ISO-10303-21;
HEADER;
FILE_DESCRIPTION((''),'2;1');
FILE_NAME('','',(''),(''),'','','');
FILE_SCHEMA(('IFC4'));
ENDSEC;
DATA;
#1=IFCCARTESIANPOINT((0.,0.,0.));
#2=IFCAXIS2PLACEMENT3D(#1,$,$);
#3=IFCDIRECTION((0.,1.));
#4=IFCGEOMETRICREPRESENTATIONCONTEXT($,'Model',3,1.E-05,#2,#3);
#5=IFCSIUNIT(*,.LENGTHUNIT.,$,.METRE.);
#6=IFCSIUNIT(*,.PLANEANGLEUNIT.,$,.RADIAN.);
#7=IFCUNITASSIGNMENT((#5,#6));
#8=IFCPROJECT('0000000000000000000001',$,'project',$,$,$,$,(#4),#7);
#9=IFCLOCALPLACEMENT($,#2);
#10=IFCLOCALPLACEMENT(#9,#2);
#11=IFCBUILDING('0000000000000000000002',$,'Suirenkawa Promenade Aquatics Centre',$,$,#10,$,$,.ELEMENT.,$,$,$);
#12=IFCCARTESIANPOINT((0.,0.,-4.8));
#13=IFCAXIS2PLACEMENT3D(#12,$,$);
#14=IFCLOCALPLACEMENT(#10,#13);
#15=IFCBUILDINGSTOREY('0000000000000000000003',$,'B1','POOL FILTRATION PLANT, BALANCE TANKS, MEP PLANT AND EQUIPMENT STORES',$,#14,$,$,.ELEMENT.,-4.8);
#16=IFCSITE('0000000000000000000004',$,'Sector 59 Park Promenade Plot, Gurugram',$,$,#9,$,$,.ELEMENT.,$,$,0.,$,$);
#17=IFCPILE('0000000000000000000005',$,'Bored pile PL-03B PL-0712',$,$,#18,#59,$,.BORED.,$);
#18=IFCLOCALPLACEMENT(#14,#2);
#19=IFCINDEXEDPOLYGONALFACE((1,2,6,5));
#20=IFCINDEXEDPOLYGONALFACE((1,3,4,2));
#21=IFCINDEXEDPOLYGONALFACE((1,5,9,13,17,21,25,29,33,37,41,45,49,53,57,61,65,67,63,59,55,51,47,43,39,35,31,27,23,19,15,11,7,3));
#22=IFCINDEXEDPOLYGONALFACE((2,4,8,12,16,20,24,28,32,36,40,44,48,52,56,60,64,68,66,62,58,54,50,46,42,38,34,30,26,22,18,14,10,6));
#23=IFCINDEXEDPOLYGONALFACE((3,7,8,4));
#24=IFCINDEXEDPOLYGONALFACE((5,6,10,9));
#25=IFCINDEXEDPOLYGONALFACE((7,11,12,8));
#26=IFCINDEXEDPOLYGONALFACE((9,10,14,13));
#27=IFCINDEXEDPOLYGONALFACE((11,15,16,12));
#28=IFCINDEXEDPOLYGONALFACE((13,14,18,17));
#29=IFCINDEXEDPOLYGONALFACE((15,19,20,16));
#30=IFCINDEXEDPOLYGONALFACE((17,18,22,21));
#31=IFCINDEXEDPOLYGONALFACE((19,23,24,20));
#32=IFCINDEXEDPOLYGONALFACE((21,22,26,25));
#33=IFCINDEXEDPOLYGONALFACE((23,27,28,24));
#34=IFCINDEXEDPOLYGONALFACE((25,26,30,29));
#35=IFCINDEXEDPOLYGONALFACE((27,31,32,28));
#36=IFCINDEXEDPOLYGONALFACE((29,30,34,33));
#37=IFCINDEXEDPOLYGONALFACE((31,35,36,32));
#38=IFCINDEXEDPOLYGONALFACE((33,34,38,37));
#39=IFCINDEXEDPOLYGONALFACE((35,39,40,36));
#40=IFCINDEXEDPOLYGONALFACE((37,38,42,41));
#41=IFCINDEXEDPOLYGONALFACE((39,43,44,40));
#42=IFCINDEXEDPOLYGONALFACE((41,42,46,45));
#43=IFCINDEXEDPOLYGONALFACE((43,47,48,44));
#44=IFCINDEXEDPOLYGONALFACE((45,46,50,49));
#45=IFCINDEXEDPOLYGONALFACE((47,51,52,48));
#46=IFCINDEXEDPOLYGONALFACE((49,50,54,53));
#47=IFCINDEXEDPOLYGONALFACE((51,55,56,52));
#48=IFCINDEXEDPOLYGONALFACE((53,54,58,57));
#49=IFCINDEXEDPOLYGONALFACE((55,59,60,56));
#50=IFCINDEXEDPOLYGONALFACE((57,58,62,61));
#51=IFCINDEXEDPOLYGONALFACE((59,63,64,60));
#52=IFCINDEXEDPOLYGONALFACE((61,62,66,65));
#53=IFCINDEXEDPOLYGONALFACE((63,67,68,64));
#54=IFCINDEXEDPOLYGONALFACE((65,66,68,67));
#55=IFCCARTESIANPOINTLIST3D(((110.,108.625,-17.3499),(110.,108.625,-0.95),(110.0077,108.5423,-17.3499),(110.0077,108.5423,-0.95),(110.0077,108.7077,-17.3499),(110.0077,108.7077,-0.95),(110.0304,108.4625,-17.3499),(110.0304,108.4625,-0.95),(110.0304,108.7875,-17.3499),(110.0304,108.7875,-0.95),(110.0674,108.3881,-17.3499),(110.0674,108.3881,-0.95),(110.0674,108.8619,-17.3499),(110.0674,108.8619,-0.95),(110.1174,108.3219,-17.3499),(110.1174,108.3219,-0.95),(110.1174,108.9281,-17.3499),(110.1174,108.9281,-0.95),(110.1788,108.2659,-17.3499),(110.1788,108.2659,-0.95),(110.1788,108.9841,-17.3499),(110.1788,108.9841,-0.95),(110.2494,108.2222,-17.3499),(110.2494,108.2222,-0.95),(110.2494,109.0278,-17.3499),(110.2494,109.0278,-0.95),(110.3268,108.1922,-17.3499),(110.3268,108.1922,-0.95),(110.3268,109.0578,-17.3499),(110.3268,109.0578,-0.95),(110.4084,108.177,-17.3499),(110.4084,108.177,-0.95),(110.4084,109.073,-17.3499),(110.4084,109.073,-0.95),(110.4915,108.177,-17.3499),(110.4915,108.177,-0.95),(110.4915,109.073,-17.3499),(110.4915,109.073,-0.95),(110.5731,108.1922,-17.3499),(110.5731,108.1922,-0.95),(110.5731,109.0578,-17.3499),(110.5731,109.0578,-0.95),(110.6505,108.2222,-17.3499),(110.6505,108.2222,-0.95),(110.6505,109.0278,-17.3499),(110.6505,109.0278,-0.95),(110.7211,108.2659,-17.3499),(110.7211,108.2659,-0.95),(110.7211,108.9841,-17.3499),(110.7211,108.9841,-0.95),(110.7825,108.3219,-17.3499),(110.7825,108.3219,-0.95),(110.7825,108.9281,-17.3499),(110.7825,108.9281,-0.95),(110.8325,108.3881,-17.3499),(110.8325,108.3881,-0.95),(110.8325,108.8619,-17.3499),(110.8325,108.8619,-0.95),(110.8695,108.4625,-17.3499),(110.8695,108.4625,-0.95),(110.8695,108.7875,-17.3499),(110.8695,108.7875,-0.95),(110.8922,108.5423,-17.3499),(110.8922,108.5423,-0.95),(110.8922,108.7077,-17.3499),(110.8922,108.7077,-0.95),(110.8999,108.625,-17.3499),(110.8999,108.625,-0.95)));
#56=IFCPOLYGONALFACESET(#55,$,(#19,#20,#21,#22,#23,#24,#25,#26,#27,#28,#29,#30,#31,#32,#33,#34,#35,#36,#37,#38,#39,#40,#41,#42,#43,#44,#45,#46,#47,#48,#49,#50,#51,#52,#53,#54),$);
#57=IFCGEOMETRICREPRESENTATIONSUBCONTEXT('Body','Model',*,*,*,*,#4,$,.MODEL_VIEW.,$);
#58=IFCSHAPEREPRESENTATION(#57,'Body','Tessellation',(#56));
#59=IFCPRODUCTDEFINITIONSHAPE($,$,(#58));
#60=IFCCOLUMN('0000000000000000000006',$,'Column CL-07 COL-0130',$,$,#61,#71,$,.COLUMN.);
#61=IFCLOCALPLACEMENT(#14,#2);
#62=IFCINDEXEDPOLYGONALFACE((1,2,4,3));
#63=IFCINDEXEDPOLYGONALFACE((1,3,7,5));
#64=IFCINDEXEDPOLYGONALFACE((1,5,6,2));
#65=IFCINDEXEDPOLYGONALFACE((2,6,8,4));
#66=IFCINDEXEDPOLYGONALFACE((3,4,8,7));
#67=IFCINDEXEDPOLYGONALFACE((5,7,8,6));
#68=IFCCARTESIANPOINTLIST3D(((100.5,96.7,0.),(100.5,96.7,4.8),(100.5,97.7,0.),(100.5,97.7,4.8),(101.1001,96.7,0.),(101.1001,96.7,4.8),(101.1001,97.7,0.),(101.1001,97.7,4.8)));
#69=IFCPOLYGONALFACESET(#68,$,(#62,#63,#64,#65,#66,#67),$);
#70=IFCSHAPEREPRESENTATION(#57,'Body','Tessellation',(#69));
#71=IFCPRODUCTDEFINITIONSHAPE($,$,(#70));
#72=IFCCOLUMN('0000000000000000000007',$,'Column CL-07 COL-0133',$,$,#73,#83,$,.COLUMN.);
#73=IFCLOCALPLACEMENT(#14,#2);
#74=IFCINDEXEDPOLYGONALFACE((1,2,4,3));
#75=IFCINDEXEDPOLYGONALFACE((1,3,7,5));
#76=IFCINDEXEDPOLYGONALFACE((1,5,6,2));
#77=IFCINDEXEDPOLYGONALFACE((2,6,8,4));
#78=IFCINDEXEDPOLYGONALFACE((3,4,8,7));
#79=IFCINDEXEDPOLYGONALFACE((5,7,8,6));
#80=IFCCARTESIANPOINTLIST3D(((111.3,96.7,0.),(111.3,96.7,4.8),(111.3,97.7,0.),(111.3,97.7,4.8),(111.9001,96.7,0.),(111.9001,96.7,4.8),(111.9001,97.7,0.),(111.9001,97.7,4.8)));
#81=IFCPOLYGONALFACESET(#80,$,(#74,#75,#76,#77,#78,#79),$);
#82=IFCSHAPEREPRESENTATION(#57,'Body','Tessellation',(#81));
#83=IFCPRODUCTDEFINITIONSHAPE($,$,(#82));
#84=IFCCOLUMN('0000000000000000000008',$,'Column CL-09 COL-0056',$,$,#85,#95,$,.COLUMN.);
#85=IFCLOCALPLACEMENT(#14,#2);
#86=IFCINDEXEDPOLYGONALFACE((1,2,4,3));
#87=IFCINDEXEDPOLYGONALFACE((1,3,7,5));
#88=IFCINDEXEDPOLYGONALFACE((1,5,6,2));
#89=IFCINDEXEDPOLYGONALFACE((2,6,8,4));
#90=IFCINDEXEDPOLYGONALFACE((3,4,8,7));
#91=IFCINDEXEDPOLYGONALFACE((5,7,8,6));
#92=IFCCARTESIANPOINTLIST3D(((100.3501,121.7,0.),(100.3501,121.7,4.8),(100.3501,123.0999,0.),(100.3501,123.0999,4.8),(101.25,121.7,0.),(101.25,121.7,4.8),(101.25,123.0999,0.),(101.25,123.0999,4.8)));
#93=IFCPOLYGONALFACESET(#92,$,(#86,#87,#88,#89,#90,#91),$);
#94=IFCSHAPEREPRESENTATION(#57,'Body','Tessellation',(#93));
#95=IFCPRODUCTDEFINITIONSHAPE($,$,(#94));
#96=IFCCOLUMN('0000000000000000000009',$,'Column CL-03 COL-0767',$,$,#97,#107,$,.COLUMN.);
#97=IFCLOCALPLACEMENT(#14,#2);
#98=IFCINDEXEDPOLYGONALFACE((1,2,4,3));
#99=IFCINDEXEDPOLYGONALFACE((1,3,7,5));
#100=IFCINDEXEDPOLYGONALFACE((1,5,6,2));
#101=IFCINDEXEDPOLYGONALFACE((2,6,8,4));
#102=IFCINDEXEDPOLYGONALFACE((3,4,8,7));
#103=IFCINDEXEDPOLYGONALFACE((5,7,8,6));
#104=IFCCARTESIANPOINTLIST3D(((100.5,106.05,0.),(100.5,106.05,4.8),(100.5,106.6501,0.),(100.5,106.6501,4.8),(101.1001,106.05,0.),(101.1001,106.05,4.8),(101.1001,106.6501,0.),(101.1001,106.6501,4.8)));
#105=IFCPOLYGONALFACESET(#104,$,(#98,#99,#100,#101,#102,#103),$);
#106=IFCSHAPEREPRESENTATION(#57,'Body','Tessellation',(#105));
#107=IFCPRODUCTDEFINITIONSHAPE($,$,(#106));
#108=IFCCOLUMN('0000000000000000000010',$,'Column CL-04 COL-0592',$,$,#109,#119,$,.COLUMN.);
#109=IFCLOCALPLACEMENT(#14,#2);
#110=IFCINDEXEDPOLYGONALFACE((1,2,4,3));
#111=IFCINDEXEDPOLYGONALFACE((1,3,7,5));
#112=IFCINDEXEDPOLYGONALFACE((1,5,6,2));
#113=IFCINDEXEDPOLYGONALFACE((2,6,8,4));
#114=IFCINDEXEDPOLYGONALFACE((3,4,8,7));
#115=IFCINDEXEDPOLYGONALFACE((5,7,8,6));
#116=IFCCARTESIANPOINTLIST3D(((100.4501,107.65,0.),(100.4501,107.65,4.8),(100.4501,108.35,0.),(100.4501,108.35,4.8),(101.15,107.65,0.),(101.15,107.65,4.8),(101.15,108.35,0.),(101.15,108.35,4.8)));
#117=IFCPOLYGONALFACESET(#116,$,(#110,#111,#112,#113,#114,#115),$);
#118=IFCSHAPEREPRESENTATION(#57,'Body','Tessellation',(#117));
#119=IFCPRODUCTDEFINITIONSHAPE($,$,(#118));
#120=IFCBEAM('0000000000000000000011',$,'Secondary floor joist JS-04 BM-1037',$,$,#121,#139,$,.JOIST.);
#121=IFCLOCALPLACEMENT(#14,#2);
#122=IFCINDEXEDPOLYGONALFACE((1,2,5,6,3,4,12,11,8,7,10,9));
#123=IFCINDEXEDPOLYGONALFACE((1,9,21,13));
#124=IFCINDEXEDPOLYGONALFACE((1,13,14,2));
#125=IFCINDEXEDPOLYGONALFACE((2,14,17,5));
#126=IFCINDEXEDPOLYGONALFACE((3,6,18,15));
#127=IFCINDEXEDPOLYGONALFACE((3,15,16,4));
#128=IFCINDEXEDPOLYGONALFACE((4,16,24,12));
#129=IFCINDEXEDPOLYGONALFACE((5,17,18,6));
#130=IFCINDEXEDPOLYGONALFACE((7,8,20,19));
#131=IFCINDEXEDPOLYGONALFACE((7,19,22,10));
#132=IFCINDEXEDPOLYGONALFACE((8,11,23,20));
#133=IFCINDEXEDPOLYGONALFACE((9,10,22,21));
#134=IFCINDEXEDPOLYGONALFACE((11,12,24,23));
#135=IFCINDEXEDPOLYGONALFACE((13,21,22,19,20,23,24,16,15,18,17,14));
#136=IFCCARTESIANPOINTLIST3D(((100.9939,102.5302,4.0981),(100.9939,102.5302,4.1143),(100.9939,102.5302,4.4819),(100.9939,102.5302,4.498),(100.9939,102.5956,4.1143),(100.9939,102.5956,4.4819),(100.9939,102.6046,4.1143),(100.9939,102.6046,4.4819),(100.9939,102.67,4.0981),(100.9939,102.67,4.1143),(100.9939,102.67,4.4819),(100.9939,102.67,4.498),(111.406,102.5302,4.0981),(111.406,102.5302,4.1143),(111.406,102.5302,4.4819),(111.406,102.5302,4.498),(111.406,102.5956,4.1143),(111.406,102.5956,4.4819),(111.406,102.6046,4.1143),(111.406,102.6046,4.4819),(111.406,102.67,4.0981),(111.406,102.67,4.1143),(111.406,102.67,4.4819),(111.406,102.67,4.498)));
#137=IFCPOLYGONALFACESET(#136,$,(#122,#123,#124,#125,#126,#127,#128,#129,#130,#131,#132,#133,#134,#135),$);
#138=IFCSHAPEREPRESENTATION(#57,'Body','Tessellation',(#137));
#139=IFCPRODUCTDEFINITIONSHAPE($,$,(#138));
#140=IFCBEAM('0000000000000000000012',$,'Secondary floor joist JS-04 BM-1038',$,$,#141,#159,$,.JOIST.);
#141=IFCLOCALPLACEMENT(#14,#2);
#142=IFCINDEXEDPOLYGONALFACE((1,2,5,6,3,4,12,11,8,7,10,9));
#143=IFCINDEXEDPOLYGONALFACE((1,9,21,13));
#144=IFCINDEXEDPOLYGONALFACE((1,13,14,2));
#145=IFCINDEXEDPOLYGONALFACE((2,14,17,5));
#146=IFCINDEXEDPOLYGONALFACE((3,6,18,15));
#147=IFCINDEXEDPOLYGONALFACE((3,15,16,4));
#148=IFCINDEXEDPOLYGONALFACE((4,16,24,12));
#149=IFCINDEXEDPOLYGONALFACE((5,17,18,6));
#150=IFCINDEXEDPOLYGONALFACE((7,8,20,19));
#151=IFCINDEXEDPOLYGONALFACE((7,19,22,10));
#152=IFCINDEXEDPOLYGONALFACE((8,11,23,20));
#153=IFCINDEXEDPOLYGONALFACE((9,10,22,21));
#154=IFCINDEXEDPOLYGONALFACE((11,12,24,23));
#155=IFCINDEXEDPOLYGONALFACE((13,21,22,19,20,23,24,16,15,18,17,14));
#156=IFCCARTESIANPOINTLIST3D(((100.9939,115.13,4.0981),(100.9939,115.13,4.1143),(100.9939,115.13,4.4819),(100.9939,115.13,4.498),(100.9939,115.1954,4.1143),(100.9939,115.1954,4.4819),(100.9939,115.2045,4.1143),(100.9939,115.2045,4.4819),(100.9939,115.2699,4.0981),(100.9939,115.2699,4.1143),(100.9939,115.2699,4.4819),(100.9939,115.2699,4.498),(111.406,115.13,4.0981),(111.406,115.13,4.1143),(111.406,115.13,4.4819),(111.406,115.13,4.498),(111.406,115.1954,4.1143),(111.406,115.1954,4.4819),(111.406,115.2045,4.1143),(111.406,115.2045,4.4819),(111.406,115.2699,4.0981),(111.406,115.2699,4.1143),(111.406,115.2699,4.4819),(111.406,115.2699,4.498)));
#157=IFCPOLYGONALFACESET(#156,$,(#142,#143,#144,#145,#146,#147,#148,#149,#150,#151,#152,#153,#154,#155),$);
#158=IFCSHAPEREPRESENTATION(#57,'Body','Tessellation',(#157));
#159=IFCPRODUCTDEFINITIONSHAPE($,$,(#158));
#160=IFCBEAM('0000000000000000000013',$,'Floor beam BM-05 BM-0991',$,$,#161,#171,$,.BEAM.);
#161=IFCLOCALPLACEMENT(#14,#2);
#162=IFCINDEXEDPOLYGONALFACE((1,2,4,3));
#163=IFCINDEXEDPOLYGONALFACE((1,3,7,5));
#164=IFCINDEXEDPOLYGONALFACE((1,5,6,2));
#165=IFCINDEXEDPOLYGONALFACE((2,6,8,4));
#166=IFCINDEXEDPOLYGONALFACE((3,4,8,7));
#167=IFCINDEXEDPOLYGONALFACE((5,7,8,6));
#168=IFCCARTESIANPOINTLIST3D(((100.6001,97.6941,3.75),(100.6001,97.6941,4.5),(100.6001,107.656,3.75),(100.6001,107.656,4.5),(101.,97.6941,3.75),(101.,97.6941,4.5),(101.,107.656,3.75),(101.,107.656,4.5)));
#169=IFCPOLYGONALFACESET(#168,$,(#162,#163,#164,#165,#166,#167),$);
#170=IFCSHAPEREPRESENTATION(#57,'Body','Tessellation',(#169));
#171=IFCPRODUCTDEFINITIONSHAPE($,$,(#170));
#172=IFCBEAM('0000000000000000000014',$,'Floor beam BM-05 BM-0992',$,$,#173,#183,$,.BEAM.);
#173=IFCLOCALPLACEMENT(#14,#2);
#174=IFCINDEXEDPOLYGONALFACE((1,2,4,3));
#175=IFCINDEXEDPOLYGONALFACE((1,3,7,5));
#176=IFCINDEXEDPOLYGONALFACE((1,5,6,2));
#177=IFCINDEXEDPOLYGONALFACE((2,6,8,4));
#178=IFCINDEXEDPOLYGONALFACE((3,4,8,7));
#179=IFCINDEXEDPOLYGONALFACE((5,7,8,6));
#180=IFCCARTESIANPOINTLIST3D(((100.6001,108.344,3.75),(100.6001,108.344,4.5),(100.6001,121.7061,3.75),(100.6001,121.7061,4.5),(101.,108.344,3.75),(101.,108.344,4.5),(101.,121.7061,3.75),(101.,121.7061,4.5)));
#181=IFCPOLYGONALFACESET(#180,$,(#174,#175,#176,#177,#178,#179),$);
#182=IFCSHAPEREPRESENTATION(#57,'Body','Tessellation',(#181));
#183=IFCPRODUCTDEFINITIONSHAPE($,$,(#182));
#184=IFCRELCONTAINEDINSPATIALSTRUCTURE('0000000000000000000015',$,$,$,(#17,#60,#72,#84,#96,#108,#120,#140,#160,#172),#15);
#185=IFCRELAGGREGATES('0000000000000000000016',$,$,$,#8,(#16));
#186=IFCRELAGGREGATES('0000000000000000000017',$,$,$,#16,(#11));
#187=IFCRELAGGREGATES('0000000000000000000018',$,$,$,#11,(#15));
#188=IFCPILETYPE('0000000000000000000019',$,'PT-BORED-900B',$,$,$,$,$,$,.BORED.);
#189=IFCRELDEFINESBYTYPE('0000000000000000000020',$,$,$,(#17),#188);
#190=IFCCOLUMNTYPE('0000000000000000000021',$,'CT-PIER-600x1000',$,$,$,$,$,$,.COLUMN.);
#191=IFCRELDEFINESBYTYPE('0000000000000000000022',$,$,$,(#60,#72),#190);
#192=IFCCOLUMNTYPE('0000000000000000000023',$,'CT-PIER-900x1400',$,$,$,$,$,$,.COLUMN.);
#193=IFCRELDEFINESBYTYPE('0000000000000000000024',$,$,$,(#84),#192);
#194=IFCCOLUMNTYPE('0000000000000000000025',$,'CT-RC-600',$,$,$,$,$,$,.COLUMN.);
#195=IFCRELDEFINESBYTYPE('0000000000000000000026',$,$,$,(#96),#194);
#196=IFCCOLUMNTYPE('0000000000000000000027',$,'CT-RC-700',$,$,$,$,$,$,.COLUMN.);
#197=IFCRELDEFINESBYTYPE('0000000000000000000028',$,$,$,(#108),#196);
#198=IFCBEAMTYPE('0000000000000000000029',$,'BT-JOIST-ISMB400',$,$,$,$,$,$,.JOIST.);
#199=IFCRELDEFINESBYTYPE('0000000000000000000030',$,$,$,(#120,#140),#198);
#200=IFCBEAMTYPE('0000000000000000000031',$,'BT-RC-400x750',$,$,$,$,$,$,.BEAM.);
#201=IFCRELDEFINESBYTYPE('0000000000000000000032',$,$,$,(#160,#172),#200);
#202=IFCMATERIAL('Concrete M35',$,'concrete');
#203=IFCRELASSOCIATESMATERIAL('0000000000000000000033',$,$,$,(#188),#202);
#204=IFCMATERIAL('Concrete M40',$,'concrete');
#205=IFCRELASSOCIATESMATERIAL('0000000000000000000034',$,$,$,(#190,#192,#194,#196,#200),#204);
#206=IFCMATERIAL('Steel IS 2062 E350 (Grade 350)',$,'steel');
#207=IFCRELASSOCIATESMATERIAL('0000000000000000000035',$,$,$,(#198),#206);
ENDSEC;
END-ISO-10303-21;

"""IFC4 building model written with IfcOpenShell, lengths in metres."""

from ifc_helpers import new_model, si_unit, direction, frame, origin, origin_2d, place, context, subcontext, project, spatial, rectangle, circle, i_section, extrude, material, material_profile, profile_set, type_object, element, save


model = new_model("IFC4")

# Units and contexts
model_context = context("Model", 3, precision=1e-05, world=origin(), true_north=direction((0.0, 1.0)))
body_context = subcontext(model_context, "Body", "Model", "MODEL_VIEW")
ifc_project = project(units=[si_unit("LENGTHUNIT", "METRE"), si_unit("PLANEANGLEUNIT", "RADIAN")], contexts=[model_context])

# Site, building, storey
site_placement = place(None, origin())
site = spatial("IfcSite", under=ifc_project, at=site_placement, Name="Sector 59 Park Promenade Plot, Gurugram", CompositionType="ELEMENT", RefElevation=0.0)
building_placement = place(site_placement, origin())
building = spatial("IfcBuilding", under=site, at=building_placement, Name="Suirenkawa Promenade Aquatics Centre", CompositionType="ELEMENT")
storey_placement = place(building_placement, frame((0.0, 0.0, -4.8)))
storey = spatial("IfcBuildingStorey", under=building, at=storey_placement, Name="B1", Description="POOL FILTRATION PLANT, BALANCE TANKS, MEP PLANT AND EQUIPMENT STORES", CompositionType="ELEMENT", Elevation=-4.8)

# Shared definitions
ifc_material_1 = material(Name="Concrete M35", Category="concrete")

# Pile
ifc_material_profile_1 = material_profile(ifc_material_1, circle(Radius=0.45, at=origin_2d()), Name="PILE D900", Category="concrete")
ifc_profile_set_1 = profile_set([ifc_material_profile_1], Name="Concrete M35")
pile_type_1 = type_object("IfcPileType", Name="PT-BORED-900B", PredefinedType="BORED", material=ifc_profile_set_1)
for number, where, z_axis, x_axis, name in (
    (1, (110.45, 108.625, -0.95), (0.0, 0.0, -1.0), (1.0, 0.0, 0.0), "Bored pile PL-03B PL-0712"),
):
    element("IfcPile", number, at=place(storey_placement, frame(where, z_axis=z_axis, x_axis=x_axis)), inside=storey, type_object=pile_type_1, Name=name, PredefinedType="BORED", context=body_context, shape_type="SweptSolid", body=[
        extrude(circle(Radius=0.45, at=origin_2d()), origin(), (0.0, 0.0, 1.0), 16.3999),
    ])

# Columns
ifc_material_2 = material(Name="Concrete M40", Category="concrete")
ifc_material_profile_2 = material_profile(ifc_material_2, rectangle(XDim=0.6001, YDim=1.0, at=origin_2d()), Name="RC PIER 600x1000", Category="concrete")
ifc_profile_set_2 = profile_set([ifc_material_profile_2], Name="Concrete M40")
column_type_1 = type_object("IfcColumnType", Name="CT-PIER-600x1000", PredefinedType="COLUMN", material=ifc_profile_set_2)
for number, where, z_axis, x_axis, name in (
    (2, (100.8, 97.2, 0.0), (0.0, 0.0, 1.0), (1.0, 0.0, 0.0), "Column CL-07 COL-0130"),
    (3, (111.6001, 97.2, 0.0), (0.0, 0.0, 1.0), (1.0, 0.0, 0.0), "Column CL-07 COL-0133"),
):
    element("IfcColumn", number, at=place(storey_placement, frame(where, z_axis=z_axis, x_axis=x_axis)), inside=storey, type_object=column_type_1, Name=name, PredefinedType="COLUMN", context=body_context, shape_type="SweptSolid", body=[
        extrude(rectangle(XDim=0.6001, YDim=1.0, at=origin_2d()), origin(), (0.0, 0.0, 1.0), 4.8),
    ])
ifc_material_profile_3 = material_profile(ifc_material_2, rectangle(XDim=0.8999, YDim=1.3999, at=origin_2d()), Name="RC PIER 900x1400", Category="concrete")
ifc_profile_set_3 = profile_set([ifc_material_profile_3], Name="Concrete M40")
column_type_2 = type_object("IfcColumnType", Name="CT-PIER-900x1400", PredefinedType="COLUMN", material=ifc_profile_set_3)
column_1_placement = place(storey_placement, frame((100.8, 122.3999, 0.0), z_axis=(0.0, 0.0, 1.0), x_axis=(1.0, 0.0, 0.0)))
element("IfcColumn", 4, at=column_1_placement, inside=storey, type_object=column_type_2, Name="Column CL-09 COL-0056", PredefinedType="COLUMN", context=body_context, shape_type="SweptSolid", body=[
    extrude(rectangle(XDim=0.8999, YDim=1.3999, at=origin_2d()), origin(), (0.0, 0.0, 1.0), 4.8),
])
ifc_material_profile_4 = material_profile(ifc_material_2, rectangle(XDim=0.6001, YDim=0.6001, at=origin_2d()), Name="RC COL 600x600", Category="concrete")
ifc_profile_set_4 = profile_set([ifc_material_profile_4], Name="Concrete M40")
column_type_3 = type_object("IfcColumnType", Name="CT-RC-600", PredefinedType="COLUMN", material=ifc_profile_set_4)
column_2_placement = place(storey_placement, frame((100.8, 106.3501, 0.0), z_axis=(0.0, 0.0, 1.0), x_axis=(1.0, 0.0, 0.0)))
element("IfcColumn", 5, at=column_2_placement, inside=storey, type_object=column_type_3, Name="Column CL-03 COL-0767", PredefinedType="COLUMN", context=body_context, shape_type="SweptSolid", body=[
    extrude(rectangle(XDim=0.6001, YDim=0.6001, at=origin_2d()), origin(), (0.0, 0.0, 1.0), 4.8),
])
ifc_material_profile_5 = material_profile(ifc_material_2, rectangle(XDim=0.7, YDim=0.7, at=origin_2d()), Name="RC COL 700x700", Category="concrete")
ifc_profile_set_5 = profile_set([ifc_material_profile_5], Name="Concrete M40")
column_type_4 = type_object("IfcColumnType", Name="CT-RC-700", PredefinedType="COLUMN", material=ifc_profile_set_5)
column_3_placement = place(storey_placement, frame((100.8, 108.0, 0.0), z_axis=(0.0, 0.0, 1.0), x_axis=(1.0, 0.0, 0.0)))
element("IfcColumn", 6, at=column_3_placement, inside=storey, type_object=column_type_4, Name="Column CL-04 COL-0592", PredefinedType="COLUMN", context=body_context, shape_type="SweptSolid", body=[
    extrude(rectangle(XDim=0.7, YDim=0.7, at=origin_2d()), origin(), (0.0, 0.0, 1.0), 4.8),
])

# Beams
ifc_material_3 = material(Name="Steel IS 2062 E350 (Grade 350)", Category="steel")
ifc_material_profile_6 = material_profile(ifc_material_3, i_section(OverallWidth=0.1399, OverallDepth=0.3999, WebThickness=0.009, FlangeThickness=0.0161, at=origin_2d()), Name="ISMB 400", Category="steel")
ifc_profile_set_6 = profile_set([ifc_material_profile_6], Name="Steel IS 2062 E350 (Grade 350)")
beam_type_1 = type_object("IfcBeamType", Name="BT-JOIST-ISMB400", PredefinedType="JOIST", material=ifc_profile_set_6)
for number, where, z_axis, x_axis, name in (
    (7, (100.9939, 102.6001, 4.2981), (1.0, 0.0, 0.0), (0.0, 1.0, 0.0), "Secondary floor joist JS-04 BM-1037"),
    (8, (100.9939, 115.2, 4.2981), (1.0, 0.0, 0.0), (0.0, 1.0, 0.0), "Secondary floor joist JS-04 BM-1038"),
):
    element("IfcBeam", number, at=place(storey_placement, frame(where, z_axis=z_axis, x_axis=x_axis)), inside=storey, type_object=beam_type_1, Name=name, PredefinedType="JOIST", context=body_context, shape_type="SweptSolid", body=[
        extrude(i_section(OverallWidth=0.1399, OverallDepth=0.3999, WebThickness=0.009, FlangeThickness=0.0161, at=origin_2d()), origin(), (0.0, 0.0, 1.0), 10.4121),
    ])
ifc_material_profile_7 = material_profile(ifc_material_2, rectangle(XDim=0.3999, YDim=0.75, at=origin_2d()), Name="RC BM 400x750", Category="concrete")
ifc_profile_set_7 = profile_set([ifc_material_profile_7], Name="Concrete M40")
beam_type_2 = type_object("IfcBeamType", Name="BT-RC-400x750", PredefinedType="BEAM", material=ifc_profile_set_7)
beam_1_placement = place(storey_placement, frame((100.8, 97.6941, 4.125), z_axis=(0.0, 1.0, 0.0), x_axis=(-1.0, 0.0, 0.0)))
element("IfcBeam", 9, at=beam_1_placement, inside=storey, type_object=beam_type_2, Name="Floor beam BM-05 BM-0991", PredefinedType="BEAM", context=body_context, shape_type="SweptSolid", body=[
    extrude(rectangle(XDim=0.3999, YDim=0.75, at=origin_2d()), origin(), (0.0, 0.0, 1.0), 9.9619),
])
beam_2_placement = place(storey_placement, frame((100.8, 108.344, 4.125), z_axis=(0.0, 1.0, 0.0), x_axis=(-1.0, 0.0, 0.0)))
element("IfcBeam", 10, at=beam_2_placement, inside=storey, type_object=beam_type_2, Name="Floor beam BM-05 BM-0992", PredefinedType="BEAM", context=body_context, shape_type="SweptSolid", body=[
    extrude(rectangle(XDim=0.3999, YDim=0.75, at=origin_2d()), origin(), (0.0, 0.0, 1.0), 13.3621),
])

save(model, "model.ifc")
